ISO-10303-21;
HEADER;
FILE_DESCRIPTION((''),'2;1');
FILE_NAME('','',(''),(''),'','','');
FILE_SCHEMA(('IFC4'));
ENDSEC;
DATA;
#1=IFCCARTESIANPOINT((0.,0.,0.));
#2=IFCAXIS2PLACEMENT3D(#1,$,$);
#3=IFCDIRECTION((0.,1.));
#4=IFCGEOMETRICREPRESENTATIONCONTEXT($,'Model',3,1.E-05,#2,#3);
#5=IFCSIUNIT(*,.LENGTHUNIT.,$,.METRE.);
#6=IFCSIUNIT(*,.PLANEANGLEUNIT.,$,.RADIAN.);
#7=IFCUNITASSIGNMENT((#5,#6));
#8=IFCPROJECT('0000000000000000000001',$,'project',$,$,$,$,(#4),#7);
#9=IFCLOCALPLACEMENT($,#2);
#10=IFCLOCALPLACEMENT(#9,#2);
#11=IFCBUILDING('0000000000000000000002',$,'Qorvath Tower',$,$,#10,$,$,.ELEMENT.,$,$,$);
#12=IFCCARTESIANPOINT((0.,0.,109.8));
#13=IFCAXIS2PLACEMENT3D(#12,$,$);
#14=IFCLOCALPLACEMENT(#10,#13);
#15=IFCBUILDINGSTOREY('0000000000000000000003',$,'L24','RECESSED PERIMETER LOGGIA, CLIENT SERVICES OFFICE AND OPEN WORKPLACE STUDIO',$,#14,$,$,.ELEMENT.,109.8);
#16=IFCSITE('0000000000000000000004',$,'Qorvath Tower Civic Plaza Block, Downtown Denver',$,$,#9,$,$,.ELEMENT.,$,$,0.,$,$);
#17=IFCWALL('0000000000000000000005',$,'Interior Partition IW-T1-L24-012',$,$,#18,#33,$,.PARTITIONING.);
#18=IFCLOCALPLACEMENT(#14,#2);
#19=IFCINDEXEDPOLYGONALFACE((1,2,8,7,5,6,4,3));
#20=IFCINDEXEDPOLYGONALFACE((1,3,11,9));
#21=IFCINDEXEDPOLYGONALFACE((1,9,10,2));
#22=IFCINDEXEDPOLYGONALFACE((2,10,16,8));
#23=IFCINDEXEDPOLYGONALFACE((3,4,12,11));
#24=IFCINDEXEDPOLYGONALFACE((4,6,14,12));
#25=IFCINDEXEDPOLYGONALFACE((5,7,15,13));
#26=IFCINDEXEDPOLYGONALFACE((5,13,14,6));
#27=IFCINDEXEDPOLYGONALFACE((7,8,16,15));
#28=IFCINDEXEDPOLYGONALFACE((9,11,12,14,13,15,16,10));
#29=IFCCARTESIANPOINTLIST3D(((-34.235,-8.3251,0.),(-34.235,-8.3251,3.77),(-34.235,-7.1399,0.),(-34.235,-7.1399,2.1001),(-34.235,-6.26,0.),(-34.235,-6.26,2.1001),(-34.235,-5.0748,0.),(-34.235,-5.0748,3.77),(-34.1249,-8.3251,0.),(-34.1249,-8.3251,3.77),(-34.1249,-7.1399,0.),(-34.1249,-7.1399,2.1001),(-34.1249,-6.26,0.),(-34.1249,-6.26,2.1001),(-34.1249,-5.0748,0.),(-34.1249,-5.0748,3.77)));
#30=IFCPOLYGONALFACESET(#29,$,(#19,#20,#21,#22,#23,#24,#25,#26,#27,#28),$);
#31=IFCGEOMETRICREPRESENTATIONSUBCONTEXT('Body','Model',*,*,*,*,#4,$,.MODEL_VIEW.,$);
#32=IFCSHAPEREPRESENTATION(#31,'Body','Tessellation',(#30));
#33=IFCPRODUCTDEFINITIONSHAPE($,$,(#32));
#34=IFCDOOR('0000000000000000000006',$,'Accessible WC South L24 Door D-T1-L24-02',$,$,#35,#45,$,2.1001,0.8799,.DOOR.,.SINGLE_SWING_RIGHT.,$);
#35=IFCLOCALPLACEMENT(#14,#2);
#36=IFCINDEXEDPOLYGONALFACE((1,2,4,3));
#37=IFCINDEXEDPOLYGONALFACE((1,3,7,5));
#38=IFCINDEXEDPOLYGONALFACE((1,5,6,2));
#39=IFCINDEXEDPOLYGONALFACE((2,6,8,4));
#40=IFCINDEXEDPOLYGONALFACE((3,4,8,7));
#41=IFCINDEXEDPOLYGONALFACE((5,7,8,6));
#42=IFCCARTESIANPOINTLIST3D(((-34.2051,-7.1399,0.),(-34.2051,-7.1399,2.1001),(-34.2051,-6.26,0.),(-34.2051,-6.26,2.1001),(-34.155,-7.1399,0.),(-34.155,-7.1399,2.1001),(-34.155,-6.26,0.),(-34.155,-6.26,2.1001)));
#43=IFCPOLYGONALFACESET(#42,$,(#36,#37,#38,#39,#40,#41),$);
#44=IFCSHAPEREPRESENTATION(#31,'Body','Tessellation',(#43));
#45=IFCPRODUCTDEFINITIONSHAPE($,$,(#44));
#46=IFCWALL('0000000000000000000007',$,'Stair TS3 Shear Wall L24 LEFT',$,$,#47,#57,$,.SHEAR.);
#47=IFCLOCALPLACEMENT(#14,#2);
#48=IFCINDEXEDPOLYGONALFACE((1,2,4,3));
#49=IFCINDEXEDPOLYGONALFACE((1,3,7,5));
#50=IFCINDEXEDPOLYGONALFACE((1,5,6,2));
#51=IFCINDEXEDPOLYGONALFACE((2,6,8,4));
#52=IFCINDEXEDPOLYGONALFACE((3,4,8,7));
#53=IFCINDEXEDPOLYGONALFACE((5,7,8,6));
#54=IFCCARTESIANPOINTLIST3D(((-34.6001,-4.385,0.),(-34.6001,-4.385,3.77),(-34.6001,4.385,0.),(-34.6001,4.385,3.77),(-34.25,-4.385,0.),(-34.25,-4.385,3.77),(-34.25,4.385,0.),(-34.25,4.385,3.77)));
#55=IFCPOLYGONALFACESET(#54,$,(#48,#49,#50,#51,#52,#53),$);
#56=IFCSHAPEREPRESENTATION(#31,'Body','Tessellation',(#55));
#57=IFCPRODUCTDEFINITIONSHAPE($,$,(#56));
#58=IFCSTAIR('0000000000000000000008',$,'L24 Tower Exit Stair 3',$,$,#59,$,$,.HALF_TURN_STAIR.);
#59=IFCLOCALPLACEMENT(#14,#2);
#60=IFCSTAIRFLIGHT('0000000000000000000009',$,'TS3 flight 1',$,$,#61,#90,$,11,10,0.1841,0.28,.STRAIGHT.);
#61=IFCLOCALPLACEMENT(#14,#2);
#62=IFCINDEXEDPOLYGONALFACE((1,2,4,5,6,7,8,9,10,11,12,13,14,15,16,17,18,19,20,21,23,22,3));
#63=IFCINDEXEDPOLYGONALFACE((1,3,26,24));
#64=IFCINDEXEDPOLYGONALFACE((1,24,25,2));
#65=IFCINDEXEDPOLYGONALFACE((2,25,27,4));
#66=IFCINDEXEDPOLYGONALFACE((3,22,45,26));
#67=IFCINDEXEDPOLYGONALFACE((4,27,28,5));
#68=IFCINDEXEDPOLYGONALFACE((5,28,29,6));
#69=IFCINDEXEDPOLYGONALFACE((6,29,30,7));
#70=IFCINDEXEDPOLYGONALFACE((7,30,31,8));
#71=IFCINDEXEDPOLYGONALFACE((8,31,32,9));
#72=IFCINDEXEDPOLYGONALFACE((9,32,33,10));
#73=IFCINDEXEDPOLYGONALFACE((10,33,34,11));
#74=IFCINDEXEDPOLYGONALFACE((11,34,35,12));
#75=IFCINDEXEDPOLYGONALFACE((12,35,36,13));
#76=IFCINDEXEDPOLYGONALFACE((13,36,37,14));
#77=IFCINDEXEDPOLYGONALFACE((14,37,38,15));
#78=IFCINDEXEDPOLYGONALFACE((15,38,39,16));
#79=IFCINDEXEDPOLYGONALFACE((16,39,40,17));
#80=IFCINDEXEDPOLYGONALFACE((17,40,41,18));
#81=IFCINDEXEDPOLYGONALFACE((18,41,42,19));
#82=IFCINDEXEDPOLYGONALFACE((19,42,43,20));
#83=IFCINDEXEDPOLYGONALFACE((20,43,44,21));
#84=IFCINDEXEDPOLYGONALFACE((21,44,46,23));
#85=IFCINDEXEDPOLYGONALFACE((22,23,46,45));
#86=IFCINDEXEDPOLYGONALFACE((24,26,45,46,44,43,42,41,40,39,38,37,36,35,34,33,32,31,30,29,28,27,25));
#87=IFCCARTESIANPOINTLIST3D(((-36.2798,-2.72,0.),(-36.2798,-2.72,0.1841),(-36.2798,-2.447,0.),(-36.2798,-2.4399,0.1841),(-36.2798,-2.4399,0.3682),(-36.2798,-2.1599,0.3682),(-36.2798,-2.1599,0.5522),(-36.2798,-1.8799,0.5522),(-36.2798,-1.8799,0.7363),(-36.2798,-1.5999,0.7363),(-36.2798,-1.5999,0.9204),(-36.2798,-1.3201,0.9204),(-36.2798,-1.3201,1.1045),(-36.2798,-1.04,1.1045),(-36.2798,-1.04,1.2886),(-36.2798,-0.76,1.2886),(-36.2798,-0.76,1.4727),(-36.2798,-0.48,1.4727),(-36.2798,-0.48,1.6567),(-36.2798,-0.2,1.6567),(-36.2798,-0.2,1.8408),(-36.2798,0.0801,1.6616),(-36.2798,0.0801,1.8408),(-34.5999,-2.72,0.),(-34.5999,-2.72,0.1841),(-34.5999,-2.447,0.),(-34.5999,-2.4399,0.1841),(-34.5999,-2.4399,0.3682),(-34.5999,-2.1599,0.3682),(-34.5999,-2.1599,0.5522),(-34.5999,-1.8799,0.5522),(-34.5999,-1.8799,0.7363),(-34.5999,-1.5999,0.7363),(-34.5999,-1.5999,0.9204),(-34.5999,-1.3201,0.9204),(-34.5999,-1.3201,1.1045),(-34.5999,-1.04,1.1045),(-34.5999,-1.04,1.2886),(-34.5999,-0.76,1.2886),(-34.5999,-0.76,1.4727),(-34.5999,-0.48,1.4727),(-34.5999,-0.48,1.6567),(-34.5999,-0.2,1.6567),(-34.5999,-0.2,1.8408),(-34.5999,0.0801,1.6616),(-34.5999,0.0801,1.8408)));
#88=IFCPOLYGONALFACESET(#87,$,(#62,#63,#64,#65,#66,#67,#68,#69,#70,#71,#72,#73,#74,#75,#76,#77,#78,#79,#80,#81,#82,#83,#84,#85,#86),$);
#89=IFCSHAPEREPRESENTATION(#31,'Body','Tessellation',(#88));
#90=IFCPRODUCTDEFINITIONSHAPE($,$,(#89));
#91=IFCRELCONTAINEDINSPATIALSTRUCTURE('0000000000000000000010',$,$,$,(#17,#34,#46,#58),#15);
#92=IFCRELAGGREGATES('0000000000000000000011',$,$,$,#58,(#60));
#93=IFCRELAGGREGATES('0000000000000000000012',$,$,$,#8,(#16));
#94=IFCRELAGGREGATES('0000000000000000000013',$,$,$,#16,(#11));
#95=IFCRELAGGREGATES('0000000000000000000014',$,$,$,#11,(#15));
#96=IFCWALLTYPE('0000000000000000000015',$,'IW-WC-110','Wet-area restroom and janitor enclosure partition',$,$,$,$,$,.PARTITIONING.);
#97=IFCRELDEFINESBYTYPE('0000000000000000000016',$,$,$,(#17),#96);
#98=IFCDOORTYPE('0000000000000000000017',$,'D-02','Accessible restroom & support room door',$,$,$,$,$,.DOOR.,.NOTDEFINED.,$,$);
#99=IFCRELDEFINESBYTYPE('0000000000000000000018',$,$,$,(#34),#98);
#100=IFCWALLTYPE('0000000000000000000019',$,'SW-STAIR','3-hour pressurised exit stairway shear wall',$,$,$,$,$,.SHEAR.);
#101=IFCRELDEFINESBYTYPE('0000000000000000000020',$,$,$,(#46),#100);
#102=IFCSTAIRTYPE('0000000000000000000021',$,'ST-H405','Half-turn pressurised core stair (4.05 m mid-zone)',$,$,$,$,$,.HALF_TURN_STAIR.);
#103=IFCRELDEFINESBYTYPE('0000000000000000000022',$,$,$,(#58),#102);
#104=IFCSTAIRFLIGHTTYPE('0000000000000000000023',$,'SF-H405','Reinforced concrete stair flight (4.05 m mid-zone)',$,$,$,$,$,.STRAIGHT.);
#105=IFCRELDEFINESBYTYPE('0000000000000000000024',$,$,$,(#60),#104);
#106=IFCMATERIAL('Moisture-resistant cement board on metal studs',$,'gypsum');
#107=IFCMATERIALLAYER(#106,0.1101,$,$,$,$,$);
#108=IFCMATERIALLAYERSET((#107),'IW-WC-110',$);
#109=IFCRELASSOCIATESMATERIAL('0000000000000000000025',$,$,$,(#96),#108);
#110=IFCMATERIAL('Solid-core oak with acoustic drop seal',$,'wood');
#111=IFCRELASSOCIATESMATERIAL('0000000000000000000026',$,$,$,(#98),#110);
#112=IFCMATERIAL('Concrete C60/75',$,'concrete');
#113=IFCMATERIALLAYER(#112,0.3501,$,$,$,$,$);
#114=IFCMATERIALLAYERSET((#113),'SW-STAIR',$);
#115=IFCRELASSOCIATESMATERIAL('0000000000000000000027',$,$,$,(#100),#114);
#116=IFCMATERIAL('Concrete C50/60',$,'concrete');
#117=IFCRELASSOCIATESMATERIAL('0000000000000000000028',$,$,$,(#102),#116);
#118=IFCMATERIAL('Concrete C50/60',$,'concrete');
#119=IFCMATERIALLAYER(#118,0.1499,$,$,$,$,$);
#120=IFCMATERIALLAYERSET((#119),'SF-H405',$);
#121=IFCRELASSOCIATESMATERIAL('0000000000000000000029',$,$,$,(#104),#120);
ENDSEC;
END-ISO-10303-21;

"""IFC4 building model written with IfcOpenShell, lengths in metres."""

from ifc_helpers import new_model, si_unit, direction, frame, frame_2d, origin, place, context, subcontext, project, spatial, polyline, rectangle, outline, extrude, material, layer, layer_set, type_object, element, fill, aggregate, save


model = new_model("IFC4")

# Units and contexts
model_context = context("Model", 3, precision=1e-05, world=origin(), true_north=direction((0.0, 1.0)))
body_context = subcontext(model_context, "Body", "Model", "MODEL_VIEW")
ifc_project = project(units=[si_unit("LENGTHUNIT", "METRE"), si_unit("PLANEANGLEUNIT", "RADIAN")], contexts=[model_context])

# Site, building, storey
site_placement = place(None, origin())
site = spatial("IfcSite", under=ifc_project, at=site_placement, Name="Qorvath Tower Civic Plaza Block, Downtown Denver", CompositionType="ELEMENT", RefElevation=0.0)
building_placement = place(site_placement, origin())
building = spatial("IfcBuilding", under=site, at=building_placement, Name="Qorvath Tower", CompositionType="ELEMENT")
storey_placement = place(building_placement, frame((0.0, 0.0, 109.8)))
storey = spatial("IfcBuildingStorey", under=building, at=storey_placement, Name="L24", Description="RECESSED PERIMETER LOGGIA, CLIENT SERVICES OFFICE AND OPEN WORKPLACE STUDIO", CompositionType="ELEMENT", Elevation=109.8)

# Shared definitions
ifc_material_1 = material(Name="Moisture-resistant cement board on metal studs", Category="gypsum")
ifc_layer_1 = layer(ifc_material_1, 0.1101)
ifc_layer_set_1 = layer_set([ifc_layer_1], Name="IW-WC-110")
wall_type_1 = type_object("IfcWallType", Name="IW-WC-110", Description="Wet-area restroom and janitor enclosure partition", PredefinedType="PARTITIONING", material=ifc_layer_set_1)

# Wall, opening, door
wall_1_placement = place(storey_placement, frame((-34.1799, -5.075, 0.0), z_axis=(0.0, 0.0, 1.0), x_axis=(0.0, -1.0, 0.0)))
wall_1 = element("IfcWall", 1, at=wall_1_placement, inside=storey, type_object=wall_type_1, Name="Interior Partition IW-T1-L24-012", PredefinedType="PARTITIONING", context=body_context, shape_type="SweptSolid", body=[
    extrude(rectangle(XDim=3.2502, YDim=0.1101, at=frame_2d((1.625, 0.0))), origin(), (0.0, 0.0, 1.0), 3.77),
])
opening_1_placement = place(wall_1_placement, frame((1.1851, 0.0, 0.0)))
opening_1 = element("IfcOpeningElement", 2, at=opening_1_placement, cuts=wall_1, PredefinedType="OPENING", context=body_context, shape_type="SweptSolid", body=[
    extrude(rectangle(XDim=0.8799, YDim=2.1001, at=frame_2d((0.4399, 1.05))), frame((0.0, 0.0649, 0.0), z_axis=(0.0, -1.0, 0.0), x_axis=(1.0, 0.0, 0.0)), (0.0, 0.0, 1.0), 0.1301),
])
ifc_material_2 = material(Name="Solid-core oak with acoustic drop seal", Category="wood")
door_type_1 = type_object("IfcDoorType", Name="D-02", Description="Accessible restroom & support room door", OperationType="NOTDEFINED", PredefinedType="DOOR", material=ifc_material_2)
door_1_placement = place(opening_1_placement, origin())
door_1 = element("IfcDoor", 3, at=door_1_placement, inside=storey, type_object=door_type_1, Name="Accessible WC South L24 Door D-T1-L24-02", OperationType="SINGLE_SWING_RIGHT", OverallHeight=2.1001, OverallWidth=0.8799, PredefinedType="DOOR", context=body_context, shape_type="SweptSolid", body=[
    extrude(rectangle(XDim=0.8799, YDim=2.1001, at=frame_2d((0.4399, 1.05))), frame((0.0, 0.0249, 0.0), z_axis=(0.0, -1.0, 0.0), x_axis=(1.0, 0.0, 0.0)), (0.0, 0.0, 1.0), 0.05),
])
fill(opening_1, door_1)

# Wall
ifc_material_3 = material(Name="Concrete C60/75", Category="concrete")
ifc_layer_2 = layer(ifc_material_3, 0.3501)
ifc_layer_set_2 = layer_set([ifc_layer_2], Name="SW-STAIR")
wall_type_2 = type_object("IfcWallType", Name="SW-STAIR", Description="3-hour pressurised exit stairway shear wall", PredefinedType="SHEAR", material=ifc_layer_set_2)
wall_2_placement = place(storey_placement, frame((-34.425, -4.385, 0.0), z_axis=(0.0, 0.0, 1.0), x_axis=(0.0, 1.0, 0.0)))
element("IfcWall", 4, at=wall_2_placement, inside=storey, type_object=wall_type_2, Name="Stair TS3 Shear Wall L24 LEFT", PredefinedType="SHEAR", context=body_context, shape_type="SweptSolid", body=[
    extrude(rectangle(XDim=8.77, YDim=0.3501, at=frame_2d((4.385, 0.0))), origin(), (0.0, 0.0, 1.0), 3.77),
])

# Stair, stair flight
ifc_material_4 = material(Name="Concrete C50/60", Category="concrete")
stair_type = type_object("IfcStairType", Name="ST-H405", Description="Half-turn pressurised core stair (4.05 m mid-zone)", PredefinedType="HALF_TURN_STAIR", material=ifc_material_4)
stair_placement = place(storey_placement, origin())
stair = element("IfcStair", 5, at=stair_placement, inside=storey, type_object=stair_type, Name="L24 Tower Exit Stair 3", PredefinedType="HALF_TURN_STAIR")
ifc_material_5 = material(Name="Concrete C50/60", Category="concrete")
ifc_layer_3 = layer(ifc_material_5, 0.1499)
ifc_layer_set_3 = layer_set([ifc_layer_3], Name="SF-H405")
stair_flight_type = type_object("IfcStairFlightType", Name="SF-H405", Description="Reinforced concrete stair flight (4.05 m mid-zone)", PredefinedType="STRAIGHT", material=ifc_layer_set_3)
stair_flight_placement = place(storey_placement, frame((-35.4399, -2.72, 0.0), z_axis=(0.0, 0.0, 1.0), x_axis=(0.0, 1.0, 0.0)))
stair_flight = element("IfcStairFlight", 6, at=stair_flight_placement, type_object=stair_flight_type, Name="TS3 flight 1", NumberOfRisers=11, NumberOfTreads=10, PredefinedType="STRAIGHT", RiserHeight=0.1841, TreadLength=0.28, context=body_context, shape_type="SweptSolid", body=[
    extrude(outline(polyline([(0.0, 0.0), (0.0, 0.1841), (0.28, 0.1841), (0.28, 0.3682), (0.5601, 0.3682), (0.5601, 0.5522), (0.8401, 0.5522), (0.8401, 0.7363), (1.1201, 0.7363), (1.1201, 0.9204), (1.3999, 0.9204), (1.3999, 1.1045), (1.6799, 1.1045), (1.6799, 1.2886), (1.96, 1.2886), (1.96, 1.4727), (2.24, 1.4727), (2.24, 1.6567), (2.52, 1.6567), (2.52, 1.8408), (2.8, 1.8408), (2.8, 2.0249), (2.8, 1.6616), (0.2729, 0.0), (0.0, 0.0)])), frame((0.0, 0.8398, 0.0), z_axis=(0.0, -1.0, 0.0), x_axis=(1.0, 0.0, 0.0)), (0.0, 0.0, 1.0), 1.6799),
])
aggregate(stair, [stair_flight])

save(model, "model.ifc")
